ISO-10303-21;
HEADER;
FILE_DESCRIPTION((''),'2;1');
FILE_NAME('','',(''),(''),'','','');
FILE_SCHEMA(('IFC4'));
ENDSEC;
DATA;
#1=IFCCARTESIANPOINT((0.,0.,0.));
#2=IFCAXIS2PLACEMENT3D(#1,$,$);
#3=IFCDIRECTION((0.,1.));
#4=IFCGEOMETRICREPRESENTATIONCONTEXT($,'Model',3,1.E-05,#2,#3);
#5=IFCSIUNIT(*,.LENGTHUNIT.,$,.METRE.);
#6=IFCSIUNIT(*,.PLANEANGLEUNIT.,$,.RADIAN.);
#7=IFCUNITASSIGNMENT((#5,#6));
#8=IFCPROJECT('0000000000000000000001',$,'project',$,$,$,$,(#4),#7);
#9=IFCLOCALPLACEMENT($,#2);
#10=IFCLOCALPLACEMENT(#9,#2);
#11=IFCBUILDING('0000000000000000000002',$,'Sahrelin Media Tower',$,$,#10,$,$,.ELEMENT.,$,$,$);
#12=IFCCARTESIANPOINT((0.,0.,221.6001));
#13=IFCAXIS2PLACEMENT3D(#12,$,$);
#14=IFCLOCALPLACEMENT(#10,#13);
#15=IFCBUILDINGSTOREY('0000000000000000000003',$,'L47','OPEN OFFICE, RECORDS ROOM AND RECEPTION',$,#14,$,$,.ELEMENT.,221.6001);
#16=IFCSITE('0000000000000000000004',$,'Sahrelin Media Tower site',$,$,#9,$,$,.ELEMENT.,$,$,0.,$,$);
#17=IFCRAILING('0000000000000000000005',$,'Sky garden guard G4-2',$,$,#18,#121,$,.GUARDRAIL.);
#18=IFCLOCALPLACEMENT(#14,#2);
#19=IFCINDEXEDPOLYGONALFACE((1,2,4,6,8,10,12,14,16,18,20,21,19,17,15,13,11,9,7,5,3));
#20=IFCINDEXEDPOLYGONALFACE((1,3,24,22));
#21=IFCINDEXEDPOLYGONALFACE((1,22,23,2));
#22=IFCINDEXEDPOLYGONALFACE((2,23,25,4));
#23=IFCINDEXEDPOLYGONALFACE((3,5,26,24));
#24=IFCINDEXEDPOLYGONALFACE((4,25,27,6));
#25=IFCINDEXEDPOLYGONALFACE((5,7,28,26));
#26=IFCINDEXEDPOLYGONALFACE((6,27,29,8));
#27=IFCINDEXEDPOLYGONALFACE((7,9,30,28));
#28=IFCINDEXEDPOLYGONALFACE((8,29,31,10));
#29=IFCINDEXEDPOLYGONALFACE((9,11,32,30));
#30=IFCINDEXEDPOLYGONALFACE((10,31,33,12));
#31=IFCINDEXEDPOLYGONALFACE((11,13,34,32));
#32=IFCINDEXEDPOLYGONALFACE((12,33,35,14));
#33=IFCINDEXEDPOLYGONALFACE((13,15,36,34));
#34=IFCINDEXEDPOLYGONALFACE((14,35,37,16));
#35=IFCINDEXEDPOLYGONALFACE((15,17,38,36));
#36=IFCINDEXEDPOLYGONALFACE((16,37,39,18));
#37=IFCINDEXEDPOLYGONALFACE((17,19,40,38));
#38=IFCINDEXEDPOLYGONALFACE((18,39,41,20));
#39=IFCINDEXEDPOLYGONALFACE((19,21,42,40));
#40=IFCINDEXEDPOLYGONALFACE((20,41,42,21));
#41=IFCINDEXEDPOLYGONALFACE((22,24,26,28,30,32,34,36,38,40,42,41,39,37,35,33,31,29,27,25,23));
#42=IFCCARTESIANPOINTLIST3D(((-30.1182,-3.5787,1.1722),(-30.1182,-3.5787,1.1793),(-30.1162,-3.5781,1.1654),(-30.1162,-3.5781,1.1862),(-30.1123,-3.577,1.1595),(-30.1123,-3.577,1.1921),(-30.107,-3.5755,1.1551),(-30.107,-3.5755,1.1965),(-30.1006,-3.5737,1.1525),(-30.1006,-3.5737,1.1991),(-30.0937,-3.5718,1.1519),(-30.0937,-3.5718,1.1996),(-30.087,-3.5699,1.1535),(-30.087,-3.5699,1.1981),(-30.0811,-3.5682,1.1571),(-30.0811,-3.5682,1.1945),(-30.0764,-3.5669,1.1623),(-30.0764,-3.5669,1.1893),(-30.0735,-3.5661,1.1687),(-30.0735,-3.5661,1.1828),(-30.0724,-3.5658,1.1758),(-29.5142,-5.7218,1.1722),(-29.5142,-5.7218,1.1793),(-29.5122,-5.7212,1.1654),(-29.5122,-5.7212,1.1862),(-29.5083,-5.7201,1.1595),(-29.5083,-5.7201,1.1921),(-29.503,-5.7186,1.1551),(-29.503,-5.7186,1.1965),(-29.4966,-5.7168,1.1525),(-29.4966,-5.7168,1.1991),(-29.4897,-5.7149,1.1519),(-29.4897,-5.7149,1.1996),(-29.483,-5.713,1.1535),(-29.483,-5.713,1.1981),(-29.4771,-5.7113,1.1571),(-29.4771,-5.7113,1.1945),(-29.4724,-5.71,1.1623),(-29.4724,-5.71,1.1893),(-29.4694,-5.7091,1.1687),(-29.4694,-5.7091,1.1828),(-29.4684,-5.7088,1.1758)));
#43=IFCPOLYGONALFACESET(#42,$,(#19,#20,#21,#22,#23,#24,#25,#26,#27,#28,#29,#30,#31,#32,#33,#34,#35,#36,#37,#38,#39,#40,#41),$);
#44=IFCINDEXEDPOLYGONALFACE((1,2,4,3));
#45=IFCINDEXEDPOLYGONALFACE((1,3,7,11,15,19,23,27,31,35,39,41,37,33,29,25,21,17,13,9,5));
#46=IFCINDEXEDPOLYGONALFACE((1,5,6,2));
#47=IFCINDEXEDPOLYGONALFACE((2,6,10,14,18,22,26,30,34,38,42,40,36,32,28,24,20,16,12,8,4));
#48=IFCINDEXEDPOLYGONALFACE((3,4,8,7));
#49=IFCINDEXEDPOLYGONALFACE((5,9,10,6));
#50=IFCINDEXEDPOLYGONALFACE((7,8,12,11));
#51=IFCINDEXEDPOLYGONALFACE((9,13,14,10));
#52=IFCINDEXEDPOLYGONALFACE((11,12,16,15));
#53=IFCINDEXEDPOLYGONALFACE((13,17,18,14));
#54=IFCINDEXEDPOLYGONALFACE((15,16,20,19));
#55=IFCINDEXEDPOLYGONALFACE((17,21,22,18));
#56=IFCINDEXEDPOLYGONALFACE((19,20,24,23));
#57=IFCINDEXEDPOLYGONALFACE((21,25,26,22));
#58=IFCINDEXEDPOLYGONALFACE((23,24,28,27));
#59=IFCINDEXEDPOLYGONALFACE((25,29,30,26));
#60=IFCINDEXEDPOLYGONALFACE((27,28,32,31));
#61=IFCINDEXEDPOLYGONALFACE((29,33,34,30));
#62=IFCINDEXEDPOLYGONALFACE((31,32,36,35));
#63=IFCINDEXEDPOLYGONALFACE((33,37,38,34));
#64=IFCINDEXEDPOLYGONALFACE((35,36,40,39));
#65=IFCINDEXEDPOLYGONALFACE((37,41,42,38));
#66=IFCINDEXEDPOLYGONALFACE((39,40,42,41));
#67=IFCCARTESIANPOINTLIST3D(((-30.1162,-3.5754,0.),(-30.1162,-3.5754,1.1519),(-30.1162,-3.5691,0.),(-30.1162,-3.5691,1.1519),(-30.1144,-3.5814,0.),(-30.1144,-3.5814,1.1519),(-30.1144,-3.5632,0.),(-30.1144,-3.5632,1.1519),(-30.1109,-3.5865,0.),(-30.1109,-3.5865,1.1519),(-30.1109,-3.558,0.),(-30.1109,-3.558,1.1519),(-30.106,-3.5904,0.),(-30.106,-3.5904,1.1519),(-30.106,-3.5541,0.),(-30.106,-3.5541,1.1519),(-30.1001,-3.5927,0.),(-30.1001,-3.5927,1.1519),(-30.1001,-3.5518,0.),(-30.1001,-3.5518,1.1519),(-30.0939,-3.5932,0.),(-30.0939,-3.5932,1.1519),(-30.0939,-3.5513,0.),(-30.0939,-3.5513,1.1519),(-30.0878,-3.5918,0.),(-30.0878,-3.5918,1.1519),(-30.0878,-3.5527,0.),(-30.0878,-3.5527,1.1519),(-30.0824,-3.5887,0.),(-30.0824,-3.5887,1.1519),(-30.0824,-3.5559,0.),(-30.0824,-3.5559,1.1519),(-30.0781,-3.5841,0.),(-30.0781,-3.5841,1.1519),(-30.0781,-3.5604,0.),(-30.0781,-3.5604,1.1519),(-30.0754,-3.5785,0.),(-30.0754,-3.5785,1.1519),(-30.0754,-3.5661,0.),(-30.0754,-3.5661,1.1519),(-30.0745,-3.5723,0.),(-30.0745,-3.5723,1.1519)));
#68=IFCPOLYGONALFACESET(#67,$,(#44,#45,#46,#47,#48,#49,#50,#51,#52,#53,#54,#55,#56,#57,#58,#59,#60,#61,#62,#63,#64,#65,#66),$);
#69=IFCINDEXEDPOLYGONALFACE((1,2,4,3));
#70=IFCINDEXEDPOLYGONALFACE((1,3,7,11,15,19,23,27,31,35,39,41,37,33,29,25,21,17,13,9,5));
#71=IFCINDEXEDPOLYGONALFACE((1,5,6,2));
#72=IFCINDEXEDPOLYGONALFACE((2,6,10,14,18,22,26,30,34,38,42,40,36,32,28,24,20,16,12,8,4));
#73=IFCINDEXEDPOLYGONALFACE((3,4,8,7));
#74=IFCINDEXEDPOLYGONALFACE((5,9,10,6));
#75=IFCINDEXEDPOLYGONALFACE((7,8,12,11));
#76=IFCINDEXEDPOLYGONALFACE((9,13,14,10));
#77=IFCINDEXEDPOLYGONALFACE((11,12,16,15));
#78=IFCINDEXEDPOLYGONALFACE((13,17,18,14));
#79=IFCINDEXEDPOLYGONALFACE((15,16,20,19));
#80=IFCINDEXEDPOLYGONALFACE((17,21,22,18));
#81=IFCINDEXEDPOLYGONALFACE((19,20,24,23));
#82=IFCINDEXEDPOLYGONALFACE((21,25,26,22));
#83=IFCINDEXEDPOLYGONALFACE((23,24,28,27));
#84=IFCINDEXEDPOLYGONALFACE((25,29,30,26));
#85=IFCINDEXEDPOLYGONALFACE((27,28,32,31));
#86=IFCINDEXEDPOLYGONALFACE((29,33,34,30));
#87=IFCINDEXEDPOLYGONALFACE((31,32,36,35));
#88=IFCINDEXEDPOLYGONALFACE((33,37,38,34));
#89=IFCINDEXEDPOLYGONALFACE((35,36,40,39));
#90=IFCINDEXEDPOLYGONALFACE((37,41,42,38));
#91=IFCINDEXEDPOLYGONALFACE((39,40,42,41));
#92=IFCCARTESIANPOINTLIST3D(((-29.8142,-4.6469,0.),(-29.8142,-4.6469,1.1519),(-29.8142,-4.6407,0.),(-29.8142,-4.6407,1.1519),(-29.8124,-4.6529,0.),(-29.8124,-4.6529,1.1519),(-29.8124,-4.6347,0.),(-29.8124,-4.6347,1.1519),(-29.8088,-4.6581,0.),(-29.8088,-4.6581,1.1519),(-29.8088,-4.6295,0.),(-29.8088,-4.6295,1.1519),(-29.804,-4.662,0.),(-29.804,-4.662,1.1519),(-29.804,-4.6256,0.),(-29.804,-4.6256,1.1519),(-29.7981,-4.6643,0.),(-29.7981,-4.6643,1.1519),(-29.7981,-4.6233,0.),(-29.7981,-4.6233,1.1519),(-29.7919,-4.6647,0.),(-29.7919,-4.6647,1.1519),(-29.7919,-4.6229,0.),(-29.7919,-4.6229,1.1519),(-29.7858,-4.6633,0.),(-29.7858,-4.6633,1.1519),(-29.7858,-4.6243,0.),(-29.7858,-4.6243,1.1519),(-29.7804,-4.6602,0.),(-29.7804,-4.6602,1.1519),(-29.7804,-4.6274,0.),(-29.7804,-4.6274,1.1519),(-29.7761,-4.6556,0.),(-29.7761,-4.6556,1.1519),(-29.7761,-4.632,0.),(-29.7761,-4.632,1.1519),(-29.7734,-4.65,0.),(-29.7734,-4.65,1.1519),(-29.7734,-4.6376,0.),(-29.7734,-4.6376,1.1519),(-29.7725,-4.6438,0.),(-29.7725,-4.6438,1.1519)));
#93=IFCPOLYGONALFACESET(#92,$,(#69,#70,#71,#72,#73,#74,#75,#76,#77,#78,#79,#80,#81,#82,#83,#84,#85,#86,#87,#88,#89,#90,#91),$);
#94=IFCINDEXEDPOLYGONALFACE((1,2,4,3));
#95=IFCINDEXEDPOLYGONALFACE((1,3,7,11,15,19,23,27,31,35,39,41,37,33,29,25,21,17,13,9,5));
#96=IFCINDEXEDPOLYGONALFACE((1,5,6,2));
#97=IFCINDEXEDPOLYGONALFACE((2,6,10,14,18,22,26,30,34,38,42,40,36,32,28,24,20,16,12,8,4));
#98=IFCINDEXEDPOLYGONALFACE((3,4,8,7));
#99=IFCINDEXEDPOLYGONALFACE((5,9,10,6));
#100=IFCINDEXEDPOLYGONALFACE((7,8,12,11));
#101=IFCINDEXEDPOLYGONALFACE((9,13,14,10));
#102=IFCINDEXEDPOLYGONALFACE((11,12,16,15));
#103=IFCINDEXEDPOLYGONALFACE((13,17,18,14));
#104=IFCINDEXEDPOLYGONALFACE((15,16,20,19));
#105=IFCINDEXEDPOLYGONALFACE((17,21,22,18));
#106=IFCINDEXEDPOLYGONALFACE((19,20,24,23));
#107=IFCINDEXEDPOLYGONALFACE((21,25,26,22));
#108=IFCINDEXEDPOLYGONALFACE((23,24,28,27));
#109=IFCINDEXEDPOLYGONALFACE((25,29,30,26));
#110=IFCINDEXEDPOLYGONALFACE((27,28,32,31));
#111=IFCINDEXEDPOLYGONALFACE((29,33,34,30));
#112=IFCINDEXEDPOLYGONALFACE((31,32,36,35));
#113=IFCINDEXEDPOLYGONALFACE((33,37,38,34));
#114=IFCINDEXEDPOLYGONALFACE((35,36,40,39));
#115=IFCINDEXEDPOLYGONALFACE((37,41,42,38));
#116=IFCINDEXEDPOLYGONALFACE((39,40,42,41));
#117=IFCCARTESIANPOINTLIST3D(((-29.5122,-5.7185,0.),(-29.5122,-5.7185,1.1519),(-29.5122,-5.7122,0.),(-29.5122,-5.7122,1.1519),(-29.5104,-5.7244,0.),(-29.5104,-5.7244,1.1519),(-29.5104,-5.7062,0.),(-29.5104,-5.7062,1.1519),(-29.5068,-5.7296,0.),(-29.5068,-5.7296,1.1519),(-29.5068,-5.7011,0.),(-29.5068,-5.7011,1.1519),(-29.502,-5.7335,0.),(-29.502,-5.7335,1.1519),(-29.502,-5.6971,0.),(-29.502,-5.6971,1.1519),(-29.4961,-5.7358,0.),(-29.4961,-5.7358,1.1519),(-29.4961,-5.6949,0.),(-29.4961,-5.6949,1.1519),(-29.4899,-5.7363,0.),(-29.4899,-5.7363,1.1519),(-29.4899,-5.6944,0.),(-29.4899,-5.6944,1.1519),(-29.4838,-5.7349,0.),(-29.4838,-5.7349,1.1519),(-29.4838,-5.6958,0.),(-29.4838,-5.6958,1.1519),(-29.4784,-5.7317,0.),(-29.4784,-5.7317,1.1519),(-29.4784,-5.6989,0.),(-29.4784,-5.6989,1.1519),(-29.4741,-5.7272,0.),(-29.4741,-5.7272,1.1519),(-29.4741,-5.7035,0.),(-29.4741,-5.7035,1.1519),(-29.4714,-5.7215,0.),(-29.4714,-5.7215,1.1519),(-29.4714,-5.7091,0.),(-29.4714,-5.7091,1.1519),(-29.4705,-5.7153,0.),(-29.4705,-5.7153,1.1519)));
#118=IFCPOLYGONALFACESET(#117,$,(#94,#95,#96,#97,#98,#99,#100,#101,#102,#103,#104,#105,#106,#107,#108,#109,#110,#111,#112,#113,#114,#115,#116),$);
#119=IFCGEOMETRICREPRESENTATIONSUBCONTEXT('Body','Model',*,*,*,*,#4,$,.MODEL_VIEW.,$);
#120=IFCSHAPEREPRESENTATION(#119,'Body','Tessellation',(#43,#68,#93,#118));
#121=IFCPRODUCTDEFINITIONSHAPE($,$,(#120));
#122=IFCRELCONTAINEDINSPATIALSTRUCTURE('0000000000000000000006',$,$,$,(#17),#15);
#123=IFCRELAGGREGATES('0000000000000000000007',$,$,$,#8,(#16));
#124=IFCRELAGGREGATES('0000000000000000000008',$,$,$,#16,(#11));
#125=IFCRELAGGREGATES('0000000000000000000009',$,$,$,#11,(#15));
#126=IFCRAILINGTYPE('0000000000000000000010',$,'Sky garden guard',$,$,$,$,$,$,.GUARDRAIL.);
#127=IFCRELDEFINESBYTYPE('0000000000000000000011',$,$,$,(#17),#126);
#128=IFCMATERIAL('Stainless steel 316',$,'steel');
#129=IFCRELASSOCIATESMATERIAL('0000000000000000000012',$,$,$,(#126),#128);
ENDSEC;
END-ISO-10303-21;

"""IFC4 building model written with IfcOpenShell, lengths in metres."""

from ifc_helpers import new_model, si_unit, direction, frame, origin, origin_2d, place, context, subcontext, project, spatial, circle, extrude, material, type_object, element, save


model = new_model("IFC4")

# Units and contexts
model_context = context("Model", 3, precision=1e-05, world=origin(), true_north=direction((0.0, 1.0)))
body_context = subcontext(model_context, "Body", "Model", "MODEL_VIEW")
ifc_project = project(units=[si_unit("LENGTHUNIT", "METRE"), si_unit("PLANEANGLEUNIT", "RADIAN")], contexts=[model_context])

# Site, building, storey
site_placement = place(None, origin())
site = spatial("IfcSite", under=ifc_project, at=site_placement, Name="Sahrelin Media Tower site", CompositionType="ELEMENT", RefElevation=0.0)
building_placement = place(site_placement, origin())
building = spatial("IfcBuilding", under=site, at=building_placement, Name="Sahrelin Media Tower", CompositionType="ELEMENT")
storey_placement = place(building_placement, frame((0.0, 0.0, 221.6001)))
storey = spatial("IfcBuildingStorey", under=building, at=storey_placement, Name="L47", Description="OPEN OFFICE, RECORDS ROOM AND RECEPTION", CompositionType="ELEMENT", Elevation=221.6001)

# Railing
ifc_material_1 = material(Name="Stainless steel 316", Category="steel")
railing_type = type_object("IfcRailingType", Name="Sky garden guard", PredefinedType="GUARDRAIL", material=ifc_material_1)
railing_1_placement = place(storey_placement, frame((-30.0955, -3.5723, 0.0)))
element("IfcRailing", 1, at=railing_1_placement, inside=storey, type_object=railing_type, Name="Sky garden guard G4-2", PredefinedType="GUARDRAIL", context=body_context, shape_type="SweptSolid", body=[
    extrude(circle(Radius=0.0239, at=origin_2d()), frame((0.0, 0.0, 1.1758), z_axis=(0.271273, -0.962503, 0.0), x_axis=(0.962503, 0.271273, 0.0)), (0.0, 0.0, 1.0), 2.2266),
    extrude(circle(Radius=0.021, at=origin_2d()), origin(), (0.0, 0.0, 1.0), 1.1519),
    extrude(circle(Radius=0.021, at=origin_2d()), frame((0.302, -1.0715, 0.0)), (0.0, 0.0, 1.0), 1.1519),
    extrude(circle(Radius=0.021, at=origin_2d()), frame((0.604, -2.1431, 0.0)), (0.0, 0.0, 1.0), 1.1519),
])

save(model, "model.ifc")
